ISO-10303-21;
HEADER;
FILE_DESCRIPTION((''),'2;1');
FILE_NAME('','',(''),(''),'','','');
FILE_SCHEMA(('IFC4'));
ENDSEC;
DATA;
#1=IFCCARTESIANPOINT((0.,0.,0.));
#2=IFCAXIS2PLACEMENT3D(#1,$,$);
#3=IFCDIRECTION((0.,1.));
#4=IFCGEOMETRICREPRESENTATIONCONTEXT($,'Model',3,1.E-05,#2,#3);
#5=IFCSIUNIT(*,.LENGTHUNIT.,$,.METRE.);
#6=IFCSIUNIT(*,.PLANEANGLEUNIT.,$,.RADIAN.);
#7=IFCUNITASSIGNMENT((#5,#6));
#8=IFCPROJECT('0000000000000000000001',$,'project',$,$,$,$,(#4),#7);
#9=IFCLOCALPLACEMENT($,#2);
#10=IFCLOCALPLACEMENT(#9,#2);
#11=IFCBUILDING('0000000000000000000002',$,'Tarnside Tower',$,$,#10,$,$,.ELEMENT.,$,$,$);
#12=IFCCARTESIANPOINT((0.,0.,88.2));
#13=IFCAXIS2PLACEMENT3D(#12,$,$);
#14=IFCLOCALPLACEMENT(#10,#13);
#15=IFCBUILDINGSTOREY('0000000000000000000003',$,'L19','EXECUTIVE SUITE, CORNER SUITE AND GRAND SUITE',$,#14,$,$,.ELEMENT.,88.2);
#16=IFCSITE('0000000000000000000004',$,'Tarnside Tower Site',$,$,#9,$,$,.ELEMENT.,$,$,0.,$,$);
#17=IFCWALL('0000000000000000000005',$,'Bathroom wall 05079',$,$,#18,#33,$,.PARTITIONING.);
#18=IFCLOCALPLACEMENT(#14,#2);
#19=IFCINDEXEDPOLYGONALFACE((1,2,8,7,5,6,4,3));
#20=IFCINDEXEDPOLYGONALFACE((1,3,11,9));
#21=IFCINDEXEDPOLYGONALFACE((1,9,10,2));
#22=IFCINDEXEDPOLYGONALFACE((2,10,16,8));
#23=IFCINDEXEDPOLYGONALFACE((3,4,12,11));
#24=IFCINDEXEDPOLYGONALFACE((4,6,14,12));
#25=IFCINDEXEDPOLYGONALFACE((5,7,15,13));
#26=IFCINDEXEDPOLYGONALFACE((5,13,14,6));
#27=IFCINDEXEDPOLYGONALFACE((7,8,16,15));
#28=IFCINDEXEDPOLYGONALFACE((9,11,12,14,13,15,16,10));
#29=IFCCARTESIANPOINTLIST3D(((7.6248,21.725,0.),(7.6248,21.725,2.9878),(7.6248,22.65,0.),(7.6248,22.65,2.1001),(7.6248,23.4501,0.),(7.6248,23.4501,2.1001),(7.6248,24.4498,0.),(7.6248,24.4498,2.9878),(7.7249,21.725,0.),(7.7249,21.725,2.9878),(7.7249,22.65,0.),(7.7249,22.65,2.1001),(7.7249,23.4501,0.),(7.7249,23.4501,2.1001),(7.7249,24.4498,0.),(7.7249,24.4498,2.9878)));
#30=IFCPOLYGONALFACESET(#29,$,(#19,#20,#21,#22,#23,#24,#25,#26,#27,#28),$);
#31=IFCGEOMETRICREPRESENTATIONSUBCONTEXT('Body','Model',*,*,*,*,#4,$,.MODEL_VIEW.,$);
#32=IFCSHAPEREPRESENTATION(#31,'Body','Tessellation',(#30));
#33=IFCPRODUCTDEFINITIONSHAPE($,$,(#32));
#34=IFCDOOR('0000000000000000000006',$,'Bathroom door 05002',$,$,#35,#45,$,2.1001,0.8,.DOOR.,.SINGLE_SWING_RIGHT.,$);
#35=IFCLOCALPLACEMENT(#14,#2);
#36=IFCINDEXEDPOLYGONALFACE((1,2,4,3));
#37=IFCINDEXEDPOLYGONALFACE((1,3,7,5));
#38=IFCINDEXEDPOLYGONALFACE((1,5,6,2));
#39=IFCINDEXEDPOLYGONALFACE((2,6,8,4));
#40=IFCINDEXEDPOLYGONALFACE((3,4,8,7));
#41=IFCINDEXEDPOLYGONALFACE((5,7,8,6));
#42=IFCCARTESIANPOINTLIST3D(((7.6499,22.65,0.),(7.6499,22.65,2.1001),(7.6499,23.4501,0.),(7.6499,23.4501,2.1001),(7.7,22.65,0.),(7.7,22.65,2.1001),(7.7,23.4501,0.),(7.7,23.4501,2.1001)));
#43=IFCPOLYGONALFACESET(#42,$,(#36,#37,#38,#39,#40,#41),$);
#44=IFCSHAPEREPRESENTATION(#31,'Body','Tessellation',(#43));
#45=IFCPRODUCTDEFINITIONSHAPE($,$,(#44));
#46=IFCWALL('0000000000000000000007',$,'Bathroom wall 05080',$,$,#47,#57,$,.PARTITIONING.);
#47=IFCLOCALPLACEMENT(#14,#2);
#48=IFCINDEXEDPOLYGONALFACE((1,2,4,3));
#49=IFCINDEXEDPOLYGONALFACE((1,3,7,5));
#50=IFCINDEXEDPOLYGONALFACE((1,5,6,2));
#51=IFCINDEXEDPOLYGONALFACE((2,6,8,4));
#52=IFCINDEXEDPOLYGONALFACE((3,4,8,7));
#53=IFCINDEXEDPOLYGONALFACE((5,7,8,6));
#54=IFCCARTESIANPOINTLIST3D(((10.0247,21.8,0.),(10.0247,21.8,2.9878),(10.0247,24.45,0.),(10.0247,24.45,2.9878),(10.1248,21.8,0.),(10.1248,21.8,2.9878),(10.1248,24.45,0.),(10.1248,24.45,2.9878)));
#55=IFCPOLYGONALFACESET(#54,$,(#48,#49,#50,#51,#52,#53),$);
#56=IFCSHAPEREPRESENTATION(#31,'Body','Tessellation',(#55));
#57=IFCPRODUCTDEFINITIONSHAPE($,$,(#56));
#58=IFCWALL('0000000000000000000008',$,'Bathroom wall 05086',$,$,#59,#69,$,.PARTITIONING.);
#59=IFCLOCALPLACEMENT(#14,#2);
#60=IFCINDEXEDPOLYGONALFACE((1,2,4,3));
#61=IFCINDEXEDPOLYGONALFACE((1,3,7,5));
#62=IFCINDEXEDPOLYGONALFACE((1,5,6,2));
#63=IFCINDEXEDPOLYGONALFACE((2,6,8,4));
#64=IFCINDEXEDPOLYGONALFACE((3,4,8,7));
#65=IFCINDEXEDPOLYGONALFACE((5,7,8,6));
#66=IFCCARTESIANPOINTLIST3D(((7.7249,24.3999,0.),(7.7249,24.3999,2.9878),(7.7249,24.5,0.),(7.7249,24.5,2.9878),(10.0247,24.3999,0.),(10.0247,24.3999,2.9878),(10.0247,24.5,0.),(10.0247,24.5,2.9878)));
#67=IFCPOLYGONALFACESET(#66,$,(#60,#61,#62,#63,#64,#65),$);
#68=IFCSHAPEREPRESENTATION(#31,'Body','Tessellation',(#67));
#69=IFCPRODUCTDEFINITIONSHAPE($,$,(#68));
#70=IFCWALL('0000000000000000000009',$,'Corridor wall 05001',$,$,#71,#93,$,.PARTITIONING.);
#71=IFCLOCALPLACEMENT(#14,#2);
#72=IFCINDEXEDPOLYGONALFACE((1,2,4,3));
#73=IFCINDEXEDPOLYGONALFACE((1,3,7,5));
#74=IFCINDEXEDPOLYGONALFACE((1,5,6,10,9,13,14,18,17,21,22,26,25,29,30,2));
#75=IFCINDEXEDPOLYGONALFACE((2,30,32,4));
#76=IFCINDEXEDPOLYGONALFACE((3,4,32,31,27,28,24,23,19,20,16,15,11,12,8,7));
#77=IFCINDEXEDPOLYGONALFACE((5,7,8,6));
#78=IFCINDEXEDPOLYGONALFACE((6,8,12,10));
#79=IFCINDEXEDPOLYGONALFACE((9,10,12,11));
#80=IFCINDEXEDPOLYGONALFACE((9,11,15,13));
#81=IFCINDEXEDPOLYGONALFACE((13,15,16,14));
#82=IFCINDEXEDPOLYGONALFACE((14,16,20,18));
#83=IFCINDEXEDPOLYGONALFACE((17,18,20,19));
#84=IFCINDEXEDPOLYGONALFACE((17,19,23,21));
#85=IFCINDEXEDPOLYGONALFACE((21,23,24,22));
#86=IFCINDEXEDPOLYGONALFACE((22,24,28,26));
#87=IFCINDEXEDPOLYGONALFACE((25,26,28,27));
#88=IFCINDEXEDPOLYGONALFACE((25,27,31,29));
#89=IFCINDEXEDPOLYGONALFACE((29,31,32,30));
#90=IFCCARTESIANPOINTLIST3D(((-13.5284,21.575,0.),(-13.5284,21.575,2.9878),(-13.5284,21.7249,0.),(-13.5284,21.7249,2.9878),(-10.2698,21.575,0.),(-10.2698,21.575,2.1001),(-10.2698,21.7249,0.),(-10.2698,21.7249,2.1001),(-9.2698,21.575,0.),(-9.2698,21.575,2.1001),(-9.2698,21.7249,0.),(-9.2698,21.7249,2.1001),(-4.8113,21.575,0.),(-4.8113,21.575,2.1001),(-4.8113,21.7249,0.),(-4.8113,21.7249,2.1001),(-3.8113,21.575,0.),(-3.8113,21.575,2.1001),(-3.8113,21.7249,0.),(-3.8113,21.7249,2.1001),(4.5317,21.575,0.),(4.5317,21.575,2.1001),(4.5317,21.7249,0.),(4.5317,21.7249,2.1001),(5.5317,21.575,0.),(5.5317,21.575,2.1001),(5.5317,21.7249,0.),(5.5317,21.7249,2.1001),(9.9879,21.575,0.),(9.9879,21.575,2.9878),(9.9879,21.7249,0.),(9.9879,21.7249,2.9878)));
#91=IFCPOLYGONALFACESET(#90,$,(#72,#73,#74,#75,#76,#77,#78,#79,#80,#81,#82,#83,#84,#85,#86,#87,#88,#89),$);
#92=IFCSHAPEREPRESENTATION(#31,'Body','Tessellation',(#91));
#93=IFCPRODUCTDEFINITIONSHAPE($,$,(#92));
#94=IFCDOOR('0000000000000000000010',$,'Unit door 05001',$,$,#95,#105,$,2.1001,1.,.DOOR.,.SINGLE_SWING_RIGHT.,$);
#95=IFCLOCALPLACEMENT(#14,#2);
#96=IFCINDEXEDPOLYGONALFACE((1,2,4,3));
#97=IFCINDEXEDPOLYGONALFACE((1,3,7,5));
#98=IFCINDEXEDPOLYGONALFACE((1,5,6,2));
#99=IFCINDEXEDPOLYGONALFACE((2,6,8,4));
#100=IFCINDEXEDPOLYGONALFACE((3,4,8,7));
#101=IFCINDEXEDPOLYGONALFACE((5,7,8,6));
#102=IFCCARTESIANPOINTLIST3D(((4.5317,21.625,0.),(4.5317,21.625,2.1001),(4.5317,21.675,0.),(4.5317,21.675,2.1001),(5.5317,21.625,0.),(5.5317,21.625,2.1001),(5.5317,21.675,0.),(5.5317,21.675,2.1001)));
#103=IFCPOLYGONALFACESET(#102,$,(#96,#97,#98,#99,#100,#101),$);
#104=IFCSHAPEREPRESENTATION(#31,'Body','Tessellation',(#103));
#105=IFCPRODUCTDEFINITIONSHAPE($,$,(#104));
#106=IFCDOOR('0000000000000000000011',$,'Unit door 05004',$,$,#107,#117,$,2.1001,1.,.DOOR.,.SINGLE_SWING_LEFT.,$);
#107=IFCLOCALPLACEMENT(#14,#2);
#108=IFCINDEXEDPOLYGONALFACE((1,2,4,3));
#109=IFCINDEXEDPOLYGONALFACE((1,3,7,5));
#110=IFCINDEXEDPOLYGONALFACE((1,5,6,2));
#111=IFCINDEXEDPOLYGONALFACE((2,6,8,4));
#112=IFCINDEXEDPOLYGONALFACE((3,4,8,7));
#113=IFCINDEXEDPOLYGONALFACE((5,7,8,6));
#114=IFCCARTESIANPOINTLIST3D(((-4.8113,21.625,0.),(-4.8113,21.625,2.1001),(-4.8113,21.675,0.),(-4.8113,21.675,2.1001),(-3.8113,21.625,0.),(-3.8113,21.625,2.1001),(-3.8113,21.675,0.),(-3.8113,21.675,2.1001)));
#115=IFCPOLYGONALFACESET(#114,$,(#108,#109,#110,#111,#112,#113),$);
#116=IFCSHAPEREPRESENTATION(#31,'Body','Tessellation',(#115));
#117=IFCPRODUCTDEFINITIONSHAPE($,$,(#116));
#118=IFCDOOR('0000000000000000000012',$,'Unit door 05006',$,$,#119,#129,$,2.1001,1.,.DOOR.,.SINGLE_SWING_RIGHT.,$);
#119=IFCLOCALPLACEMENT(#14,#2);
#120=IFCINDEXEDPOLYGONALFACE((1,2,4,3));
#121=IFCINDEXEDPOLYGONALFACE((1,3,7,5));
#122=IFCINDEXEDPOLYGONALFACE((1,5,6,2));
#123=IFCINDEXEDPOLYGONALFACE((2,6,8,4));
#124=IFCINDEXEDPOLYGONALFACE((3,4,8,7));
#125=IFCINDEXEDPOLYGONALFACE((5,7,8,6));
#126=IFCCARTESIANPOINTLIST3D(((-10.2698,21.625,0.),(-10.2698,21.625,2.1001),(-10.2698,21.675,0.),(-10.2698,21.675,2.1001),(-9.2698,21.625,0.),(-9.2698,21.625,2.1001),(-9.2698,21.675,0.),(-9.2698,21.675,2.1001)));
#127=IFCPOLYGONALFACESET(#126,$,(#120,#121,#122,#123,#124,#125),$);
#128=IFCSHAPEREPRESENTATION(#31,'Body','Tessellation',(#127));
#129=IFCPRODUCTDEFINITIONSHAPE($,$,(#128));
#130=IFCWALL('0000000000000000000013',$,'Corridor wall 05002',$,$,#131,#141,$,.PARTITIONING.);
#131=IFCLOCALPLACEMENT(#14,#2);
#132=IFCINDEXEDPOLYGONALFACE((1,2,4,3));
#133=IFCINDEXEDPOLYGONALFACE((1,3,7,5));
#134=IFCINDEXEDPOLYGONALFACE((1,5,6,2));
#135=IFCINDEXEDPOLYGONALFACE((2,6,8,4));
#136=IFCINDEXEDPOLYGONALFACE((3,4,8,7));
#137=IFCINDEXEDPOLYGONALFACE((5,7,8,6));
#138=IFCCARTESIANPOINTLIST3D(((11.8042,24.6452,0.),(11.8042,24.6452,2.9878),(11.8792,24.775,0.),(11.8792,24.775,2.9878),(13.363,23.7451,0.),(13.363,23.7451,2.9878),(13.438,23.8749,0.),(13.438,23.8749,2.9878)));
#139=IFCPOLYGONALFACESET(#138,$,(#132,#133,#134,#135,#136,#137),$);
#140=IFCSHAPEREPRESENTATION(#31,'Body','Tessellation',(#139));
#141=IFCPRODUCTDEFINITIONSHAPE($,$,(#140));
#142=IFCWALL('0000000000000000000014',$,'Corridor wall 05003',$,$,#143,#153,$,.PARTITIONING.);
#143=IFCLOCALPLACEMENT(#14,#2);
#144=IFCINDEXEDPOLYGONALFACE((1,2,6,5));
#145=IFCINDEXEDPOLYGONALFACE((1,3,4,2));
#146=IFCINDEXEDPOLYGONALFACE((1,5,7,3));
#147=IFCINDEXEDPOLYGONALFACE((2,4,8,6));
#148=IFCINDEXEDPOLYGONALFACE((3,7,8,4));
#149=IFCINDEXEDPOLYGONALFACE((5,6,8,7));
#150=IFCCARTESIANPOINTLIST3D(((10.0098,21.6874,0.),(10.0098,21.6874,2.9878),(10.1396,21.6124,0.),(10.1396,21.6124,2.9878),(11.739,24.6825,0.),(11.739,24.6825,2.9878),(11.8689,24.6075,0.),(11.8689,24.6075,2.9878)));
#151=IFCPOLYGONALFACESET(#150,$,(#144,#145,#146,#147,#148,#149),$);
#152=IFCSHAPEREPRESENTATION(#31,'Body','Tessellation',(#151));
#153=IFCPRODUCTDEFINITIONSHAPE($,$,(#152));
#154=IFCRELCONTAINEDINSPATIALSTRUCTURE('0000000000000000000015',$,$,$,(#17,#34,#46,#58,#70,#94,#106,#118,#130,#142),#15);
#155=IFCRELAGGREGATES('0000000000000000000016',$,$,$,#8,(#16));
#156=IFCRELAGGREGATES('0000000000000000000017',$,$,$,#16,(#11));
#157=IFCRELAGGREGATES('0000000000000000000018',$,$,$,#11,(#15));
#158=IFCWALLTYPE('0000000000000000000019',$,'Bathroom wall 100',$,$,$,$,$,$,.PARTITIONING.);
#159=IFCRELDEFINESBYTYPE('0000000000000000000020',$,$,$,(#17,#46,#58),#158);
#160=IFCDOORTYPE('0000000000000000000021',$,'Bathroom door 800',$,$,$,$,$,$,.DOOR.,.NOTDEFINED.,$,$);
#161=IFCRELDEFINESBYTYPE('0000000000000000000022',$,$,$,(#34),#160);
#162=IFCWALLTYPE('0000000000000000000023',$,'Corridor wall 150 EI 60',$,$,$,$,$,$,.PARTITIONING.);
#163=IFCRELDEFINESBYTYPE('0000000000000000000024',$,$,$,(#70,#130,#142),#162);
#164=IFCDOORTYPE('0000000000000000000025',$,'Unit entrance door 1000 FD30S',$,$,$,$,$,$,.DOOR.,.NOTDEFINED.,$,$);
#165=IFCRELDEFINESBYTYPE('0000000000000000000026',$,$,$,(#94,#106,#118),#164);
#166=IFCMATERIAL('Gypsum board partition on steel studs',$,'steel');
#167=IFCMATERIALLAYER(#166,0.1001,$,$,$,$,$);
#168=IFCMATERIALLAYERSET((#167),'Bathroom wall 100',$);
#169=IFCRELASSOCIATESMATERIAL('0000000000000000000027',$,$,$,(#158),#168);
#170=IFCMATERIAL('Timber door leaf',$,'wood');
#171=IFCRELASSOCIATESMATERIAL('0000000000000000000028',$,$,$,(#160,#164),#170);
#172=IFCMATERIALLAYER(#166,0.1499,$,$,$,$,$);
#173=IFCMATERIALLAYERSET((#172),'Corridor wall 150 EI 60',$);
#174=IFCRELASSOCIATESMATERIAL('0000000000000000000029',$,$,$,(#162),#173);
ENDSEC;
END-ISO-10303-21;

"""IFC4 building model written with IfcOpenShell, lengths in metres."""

from ifc_helpers import new_model, si_unit, direction, frame, frame_2d, origin, place, context, subcontext, project, spatial, rectangle, extrude, material, layer, layer_set, type_object, element, fill, save


model = new_model("IFC4")

# Units and contexts
model_context = context("Model", 3, precision=1e-05, world=origin(), true_north=direction((0.0, 1.0)))
body_context = subcontext(model_context, "Body", "Model", "MODEL_VIEW")
ifc_project = project(units=[si_unit("LENGTHUNIT", "METRE"), si_unit("PLANEANGLEUNIT", "RADIAN")], contexts=[model_context])

# Site, building, storey
site_placement = place(None, origin())
site = spatial("IfcSite", under=ifc_project, at=site_placement, Name="Tarnside Tower Site", CompositionType="ELEMENT", RefElevation=0.0)
building_placement = place(site_placement, origin())
building = spatial("IfcBuilding", under=site, at=building_placement, Name="Tarnside Tower", CompositionType="ELEMENT")
storey_placement = place(building_placement, frame((0.0, 0.0, 88.2)))
storey = spatial("IfcBuildingStorey", under=building, at=storey_placement, Name="L19", Description="EXECUTIVE SUITE, CORNER SUITE AND GRAND SUITE", CompositionType="ELEMENT", Elevation=88.2)

# Wall, opening, door
ifc_material_1 = material(Name="Gypsum board partition on steel studs", Category="steel")
ifc_layer_1 = layer(ifc_material_1, 0.1001)
ifc_layer_set_1 = layer_set([ifc_layer_1], Name="Bathroom wall 100")
wall_type_1 = type_object("IfcWallType", Name="Bathroom wall 100", PredefinedType="PARTITIONING", material=ifc_layer_set_1)
wall_1_placement = place(storey_placement, frame((7.6748, 21.7251, 0.0), z_axis=(0.0, 0.0, 1.0), x_axis=(0.0, 1.0, 0.0)))
wall_1 = element("IfcWall", 1, at=wall_1_placement, inside=storey, type_object=wall_type_1, Name="Bathroom wall 05079", PredefinedType="PARTITIONING", context=body_context, shape_type="SweptSolid", body=[
    extrude(rectangle(XDim=2.7249, YDim=0.1001, at=frame_2d((1.3623, 0.0))), origin(), (0.0, 0.0, 1.0), 2.9878),
])
opening_1_placement = place(wall_1_placement, frame((0.925, 0.0, 0.0)))
opening_1 = element("IfcOpeningElement", 2, at=opening_1_placement, cuts=wall_1, PredefinedType="OPENING", context=body_context, shape_type="SweptSolid", body=[
    extrude(rectangle(XDim=0.8, YDim=2.1001, at=frame_2d((0.3999, 1.05))), frame((0.0, 0.0601, 0.0), z_axis=(0.0, -1.0, 0.0), x_axis=(1.0, 0.0, 0.0)), (0.0, 0.0, 1.0), 0.1201),
])
ifc_material_2 = material(Name="Timber door leaf", Category="wood")
door_type_1 = type_object("IfcDoorType", Name="Bathroom door 800", OperationType="NOTDEFINED", PredefinedType="DOOR", material=ifc_material_2)
door_1_placement = place(opening_1_placement, origin())
door_1 = element("IfcDoor", 3, at=door_1_placement, inside=storey, type_object=door_type_1, Name="Bathroom door 05002", OperationType="SINGLE_SWING_RIGHT", OverallHeight=2.1001, OverallWidth=0.8, PredefinedType="DOOR", context=body_context, shape_type="SweptSolid", body=[
    extrude(rectangle(XDim=0.8, YDim=2.1001, at=frame_2d((0.3999, 1.05))), frame((0.0, 0.0249, 0.0), z_axis=(0.0, -1.0, 0.0), x_axis=(1.0, 0.0, 0.0)), (0.0, 0.0, 1.0), 0.05),
])
fill(opening_1, door_1)

# Walls
wall_2_placement = place(storey_placement, frame((10.0747, 24.45, 0.0), z_axis=(0.0, 0.0, 1.0), x_axis=(0.0, -1.0, 0.0)))
element("IfcWall", 4, at=wall_2_placement, inside=storey, type_object=wall_type_1, Name="Bathroom wall 05080", PredefinedType="PARTITIONING", context=body_context, shape_type="SweptSolid", body=[
    extrude(rectangle(XDim=2.6499, YDim=0.1001, at=frame_2d((1.325, 0.0))), origin(), (0.0, 0.0, 1.0), 2.9878),
])
wall_3_placement = place(storey_placement, frame((10.0247, 24.45, 0.0), z_axis=(0.0, 0.0, 1.0), x_axis=(-1.0, 0.0, 0.0)))
element("IfcWall", 5, at=wall_3_placement, inside=storey, type_object=wall_type_1, Name="Bathroom wall 05086", PredefinedType="PARTITIONING", context=body_context, shape_type="SweptSolid", body=[
    extrude(rectangle(XDim=2.2998, YDim=0.1001, at=frame_2d((1.1499, 0.0))), origin(), (0.0, 0.0, 1.0), 2.9878),
])

# Wall, openings, doors
ifc_layer_2 = layer(ifc_material_1, 0.1499)
ifc_layer_set_2 = layer_set([ifc_layer_2], Name="Corridor wall 150 EI 60")
wall_type_2 = type_object("IfcWallType", Name="Corridor wall 150 EI 60", PredefinedType="PARTITIONING", material=ifc_layer_set_2)
wall_4_placement = place(storey_placement, frame((9.988, 21.6499, 0.0), z_axis=(0.0, 0.0, 1.0), x_axis=(-1.0, 0.0, 0.0)))
wall_4 = element("IfcWall", 6, at=wall_4_placement, inside=storey, type_object=wall_type_2, Name="Corridor wall 05001", PredefinedType="PARTITIONING", context=body_context, shape_type="SweptSolid", body=[
    extrude(rectangle(XDim=23.5164, YDim=0.1499, at=frame_2d((11.7583, 0.0))), origin(), (0.0, 0.0, 1.0), 2.9878),
])
opening_2_placement = place(wall_4_placement, frame((4.4563, 0.0, 0.0)))
opening_2 = element("IfcOpeningElement", 7, at=opening_2_placement, cuts=wall_4, PredefinedType="OPENING", context=body_context, shape_type="SweptSolid", body=[
    extrude(rectangle(XDim=1.0, YDim=2.1001, at=frame_2d((0.5, 1.05))), frame((0.0, 0.085, 0.0), z_axis=(0.0, -1.0, 0.0), x_axis=(1.0, 0.0, 0.0)), (0.0, 0.0, 1.0), 0.1699),
])
opening_3_placement = place(wall_4_placement, frame((13.7993, 0.0, 0.0)))
opening_3 = element("IfcOpeningElement", 8, at=opening_3_placement, cuts=wall_4, PredefinedType="OPENING", context=body_context, shape_type="SweptSolid", body=[
    extrude(rectangle(XDim=1.0, YDim=2.1001, at=frame_2d((0.5, 1.05))), frame((0.0, 0.085, 0.0), z_axis=(0.0, -1.0, 0.0), x_axis=(1.0, 0.0, 0.0)), (0.0, 0.0, 1.0), 0.1699),
])
opening_4_placement = place(wall_4_placement, frame((19.2578, 0.0, 0.0)))
opening_4 = element("IfcOpeningElement", 9, at=opening_4_placement, cuts=wall_4, PredefinedType="OPENING", context=body_context, shape_type="SweptSolid", body=[
    extrude(rectangle(XDim=1.0, YDim=2.1001, at=frame_2d((0.5, 1.05))), frame((0.0, 0.085, 0.0), z_axis=(0.0, -1.0, 0.0), x_axis=(1.0, 0.0, 0.0)), (0.0, 0.0, 1.0), 0.1699),
])
door_type_2 = type_object("IfcDoorType", Name="Unit entrance door 1000 FD30S", OperationType="NOTDEFINED", PredefinedType="DOOR", material=ifc_material_2)
door_2_placement = place(opening_2_placement, origin())
door_2 = element("IfcDoor", 10, at=door_2_placement, inside=storey, type_object=door_type_2, Name="Unit door 05001", OperationType="SINGLE_SWING_RIGHT", OverallHeight=2.1001, OverallWidth=1.0, PredefinedType="DOOR", context=body_context, shape_type="SweptSolid", body=[
    extrude(rectangle(XDim=1.0, YDim=2.1001, at=frame_2d((0.5, 1.05))), frame((0.0, 0.0249, 0.0), z_axis=(0.0, -1.0, 0.0), x_axis=(1.0, 0.0, 0.0)), (0.0, 0.0, 1.0), 0.05),
])
fill(opening_2, door_2)
door_3_placement = place(opening_3_placement, origin())
door_3 = element("IfcDoor", 11, at=door_3_placement, inside=storey, type_object=door_type_2, Name="Unit door 05004", OperationType="SINGLE_SWING_LEFT", OverallHeight=2.1001, OverallWidth=1.0, PredefinedType="DOOR", context=body_context, shape_type="SweptSolid", body=[
    extrude(rectangle(XDim=1.0, YDim=2.1001, at=frame_2d((0.5, 1.05))), frame((0.0, 0.0249, 0.0), z_axis=(0.0, -1.0, 0.0), x_axis=(1.0, 0.0, 0.0)), (0.0, 0.0, 1.0), 0.05),
])
fill(opening_3, door_3)
door_4_placement = place(opening_4_placement, origin())
door_4 = element("IfcDoor", 12, at=door_4_placement, inside=storey, type_object=door_type_2, Name="Unit door 05006", OperationType="SINGLE_SWING_RIGHT", OverallHeight=2.1001, OverallWidth=1.0, PredefinedType="DOOR", context=body_context, shape_type="SweptSolid", body=[
    extrude(rectangle(XDim=1.0, YDim=2.1001, at=frame_2d((0.5, 1.05))), frame((0.0, 0.0249, 0.0), z_axis=(0.0, -1.0, 0.0), x_axis=(1.0, 0.0, 0.0)), (0.0, 0.0, 1.0), 0.05),
])
fill(opening_4, door_4)

# Walls
wall_5_placement = place(storey_placement, frame((13.4004, 23.8101, 0.0), z_axis=(0.0, 0.0, 1.0), x_axis=(-0.865989, 0.500063, 0.0)))
element("IfcWall", 13, at=wall_5_placement, inside=storey, type_object=wall_type_2, Name="Corridor wall 05002", PredefinedType="PARTITIONING", context=body_context, shape_type="SweptSolid", body=[
    extrude(rectangle(XDim=1.8, YDim=0.1499, at=frame_2d((0.8999, 0.0))), origin(), (0.0, 0.0, 1.0), 2.9878),
])
wall_6_placement = place(storey_placement, frame((11.804, 24.645, 0.0), z_axis=(0.0, 0.0, 1.0), x_axis=(-0.500004, -0.866023, 0.0)))
element("IfcWall", 14, at=wall_6_placement, inside=storey, type_object=wall_type_2, Name="Corridor wall 05003", PredefinedType="PARTITIONING", context=body_context, shape_type="SweptSolid", body=[
    extrude(rectangle(XDim=3.4585, YDim=0.1499, at=frame_2d((1.7292, 0.0))), origin(), (0.0, 0.0, 1.0), 2.9878),
])

save(model, "model.ifc")
